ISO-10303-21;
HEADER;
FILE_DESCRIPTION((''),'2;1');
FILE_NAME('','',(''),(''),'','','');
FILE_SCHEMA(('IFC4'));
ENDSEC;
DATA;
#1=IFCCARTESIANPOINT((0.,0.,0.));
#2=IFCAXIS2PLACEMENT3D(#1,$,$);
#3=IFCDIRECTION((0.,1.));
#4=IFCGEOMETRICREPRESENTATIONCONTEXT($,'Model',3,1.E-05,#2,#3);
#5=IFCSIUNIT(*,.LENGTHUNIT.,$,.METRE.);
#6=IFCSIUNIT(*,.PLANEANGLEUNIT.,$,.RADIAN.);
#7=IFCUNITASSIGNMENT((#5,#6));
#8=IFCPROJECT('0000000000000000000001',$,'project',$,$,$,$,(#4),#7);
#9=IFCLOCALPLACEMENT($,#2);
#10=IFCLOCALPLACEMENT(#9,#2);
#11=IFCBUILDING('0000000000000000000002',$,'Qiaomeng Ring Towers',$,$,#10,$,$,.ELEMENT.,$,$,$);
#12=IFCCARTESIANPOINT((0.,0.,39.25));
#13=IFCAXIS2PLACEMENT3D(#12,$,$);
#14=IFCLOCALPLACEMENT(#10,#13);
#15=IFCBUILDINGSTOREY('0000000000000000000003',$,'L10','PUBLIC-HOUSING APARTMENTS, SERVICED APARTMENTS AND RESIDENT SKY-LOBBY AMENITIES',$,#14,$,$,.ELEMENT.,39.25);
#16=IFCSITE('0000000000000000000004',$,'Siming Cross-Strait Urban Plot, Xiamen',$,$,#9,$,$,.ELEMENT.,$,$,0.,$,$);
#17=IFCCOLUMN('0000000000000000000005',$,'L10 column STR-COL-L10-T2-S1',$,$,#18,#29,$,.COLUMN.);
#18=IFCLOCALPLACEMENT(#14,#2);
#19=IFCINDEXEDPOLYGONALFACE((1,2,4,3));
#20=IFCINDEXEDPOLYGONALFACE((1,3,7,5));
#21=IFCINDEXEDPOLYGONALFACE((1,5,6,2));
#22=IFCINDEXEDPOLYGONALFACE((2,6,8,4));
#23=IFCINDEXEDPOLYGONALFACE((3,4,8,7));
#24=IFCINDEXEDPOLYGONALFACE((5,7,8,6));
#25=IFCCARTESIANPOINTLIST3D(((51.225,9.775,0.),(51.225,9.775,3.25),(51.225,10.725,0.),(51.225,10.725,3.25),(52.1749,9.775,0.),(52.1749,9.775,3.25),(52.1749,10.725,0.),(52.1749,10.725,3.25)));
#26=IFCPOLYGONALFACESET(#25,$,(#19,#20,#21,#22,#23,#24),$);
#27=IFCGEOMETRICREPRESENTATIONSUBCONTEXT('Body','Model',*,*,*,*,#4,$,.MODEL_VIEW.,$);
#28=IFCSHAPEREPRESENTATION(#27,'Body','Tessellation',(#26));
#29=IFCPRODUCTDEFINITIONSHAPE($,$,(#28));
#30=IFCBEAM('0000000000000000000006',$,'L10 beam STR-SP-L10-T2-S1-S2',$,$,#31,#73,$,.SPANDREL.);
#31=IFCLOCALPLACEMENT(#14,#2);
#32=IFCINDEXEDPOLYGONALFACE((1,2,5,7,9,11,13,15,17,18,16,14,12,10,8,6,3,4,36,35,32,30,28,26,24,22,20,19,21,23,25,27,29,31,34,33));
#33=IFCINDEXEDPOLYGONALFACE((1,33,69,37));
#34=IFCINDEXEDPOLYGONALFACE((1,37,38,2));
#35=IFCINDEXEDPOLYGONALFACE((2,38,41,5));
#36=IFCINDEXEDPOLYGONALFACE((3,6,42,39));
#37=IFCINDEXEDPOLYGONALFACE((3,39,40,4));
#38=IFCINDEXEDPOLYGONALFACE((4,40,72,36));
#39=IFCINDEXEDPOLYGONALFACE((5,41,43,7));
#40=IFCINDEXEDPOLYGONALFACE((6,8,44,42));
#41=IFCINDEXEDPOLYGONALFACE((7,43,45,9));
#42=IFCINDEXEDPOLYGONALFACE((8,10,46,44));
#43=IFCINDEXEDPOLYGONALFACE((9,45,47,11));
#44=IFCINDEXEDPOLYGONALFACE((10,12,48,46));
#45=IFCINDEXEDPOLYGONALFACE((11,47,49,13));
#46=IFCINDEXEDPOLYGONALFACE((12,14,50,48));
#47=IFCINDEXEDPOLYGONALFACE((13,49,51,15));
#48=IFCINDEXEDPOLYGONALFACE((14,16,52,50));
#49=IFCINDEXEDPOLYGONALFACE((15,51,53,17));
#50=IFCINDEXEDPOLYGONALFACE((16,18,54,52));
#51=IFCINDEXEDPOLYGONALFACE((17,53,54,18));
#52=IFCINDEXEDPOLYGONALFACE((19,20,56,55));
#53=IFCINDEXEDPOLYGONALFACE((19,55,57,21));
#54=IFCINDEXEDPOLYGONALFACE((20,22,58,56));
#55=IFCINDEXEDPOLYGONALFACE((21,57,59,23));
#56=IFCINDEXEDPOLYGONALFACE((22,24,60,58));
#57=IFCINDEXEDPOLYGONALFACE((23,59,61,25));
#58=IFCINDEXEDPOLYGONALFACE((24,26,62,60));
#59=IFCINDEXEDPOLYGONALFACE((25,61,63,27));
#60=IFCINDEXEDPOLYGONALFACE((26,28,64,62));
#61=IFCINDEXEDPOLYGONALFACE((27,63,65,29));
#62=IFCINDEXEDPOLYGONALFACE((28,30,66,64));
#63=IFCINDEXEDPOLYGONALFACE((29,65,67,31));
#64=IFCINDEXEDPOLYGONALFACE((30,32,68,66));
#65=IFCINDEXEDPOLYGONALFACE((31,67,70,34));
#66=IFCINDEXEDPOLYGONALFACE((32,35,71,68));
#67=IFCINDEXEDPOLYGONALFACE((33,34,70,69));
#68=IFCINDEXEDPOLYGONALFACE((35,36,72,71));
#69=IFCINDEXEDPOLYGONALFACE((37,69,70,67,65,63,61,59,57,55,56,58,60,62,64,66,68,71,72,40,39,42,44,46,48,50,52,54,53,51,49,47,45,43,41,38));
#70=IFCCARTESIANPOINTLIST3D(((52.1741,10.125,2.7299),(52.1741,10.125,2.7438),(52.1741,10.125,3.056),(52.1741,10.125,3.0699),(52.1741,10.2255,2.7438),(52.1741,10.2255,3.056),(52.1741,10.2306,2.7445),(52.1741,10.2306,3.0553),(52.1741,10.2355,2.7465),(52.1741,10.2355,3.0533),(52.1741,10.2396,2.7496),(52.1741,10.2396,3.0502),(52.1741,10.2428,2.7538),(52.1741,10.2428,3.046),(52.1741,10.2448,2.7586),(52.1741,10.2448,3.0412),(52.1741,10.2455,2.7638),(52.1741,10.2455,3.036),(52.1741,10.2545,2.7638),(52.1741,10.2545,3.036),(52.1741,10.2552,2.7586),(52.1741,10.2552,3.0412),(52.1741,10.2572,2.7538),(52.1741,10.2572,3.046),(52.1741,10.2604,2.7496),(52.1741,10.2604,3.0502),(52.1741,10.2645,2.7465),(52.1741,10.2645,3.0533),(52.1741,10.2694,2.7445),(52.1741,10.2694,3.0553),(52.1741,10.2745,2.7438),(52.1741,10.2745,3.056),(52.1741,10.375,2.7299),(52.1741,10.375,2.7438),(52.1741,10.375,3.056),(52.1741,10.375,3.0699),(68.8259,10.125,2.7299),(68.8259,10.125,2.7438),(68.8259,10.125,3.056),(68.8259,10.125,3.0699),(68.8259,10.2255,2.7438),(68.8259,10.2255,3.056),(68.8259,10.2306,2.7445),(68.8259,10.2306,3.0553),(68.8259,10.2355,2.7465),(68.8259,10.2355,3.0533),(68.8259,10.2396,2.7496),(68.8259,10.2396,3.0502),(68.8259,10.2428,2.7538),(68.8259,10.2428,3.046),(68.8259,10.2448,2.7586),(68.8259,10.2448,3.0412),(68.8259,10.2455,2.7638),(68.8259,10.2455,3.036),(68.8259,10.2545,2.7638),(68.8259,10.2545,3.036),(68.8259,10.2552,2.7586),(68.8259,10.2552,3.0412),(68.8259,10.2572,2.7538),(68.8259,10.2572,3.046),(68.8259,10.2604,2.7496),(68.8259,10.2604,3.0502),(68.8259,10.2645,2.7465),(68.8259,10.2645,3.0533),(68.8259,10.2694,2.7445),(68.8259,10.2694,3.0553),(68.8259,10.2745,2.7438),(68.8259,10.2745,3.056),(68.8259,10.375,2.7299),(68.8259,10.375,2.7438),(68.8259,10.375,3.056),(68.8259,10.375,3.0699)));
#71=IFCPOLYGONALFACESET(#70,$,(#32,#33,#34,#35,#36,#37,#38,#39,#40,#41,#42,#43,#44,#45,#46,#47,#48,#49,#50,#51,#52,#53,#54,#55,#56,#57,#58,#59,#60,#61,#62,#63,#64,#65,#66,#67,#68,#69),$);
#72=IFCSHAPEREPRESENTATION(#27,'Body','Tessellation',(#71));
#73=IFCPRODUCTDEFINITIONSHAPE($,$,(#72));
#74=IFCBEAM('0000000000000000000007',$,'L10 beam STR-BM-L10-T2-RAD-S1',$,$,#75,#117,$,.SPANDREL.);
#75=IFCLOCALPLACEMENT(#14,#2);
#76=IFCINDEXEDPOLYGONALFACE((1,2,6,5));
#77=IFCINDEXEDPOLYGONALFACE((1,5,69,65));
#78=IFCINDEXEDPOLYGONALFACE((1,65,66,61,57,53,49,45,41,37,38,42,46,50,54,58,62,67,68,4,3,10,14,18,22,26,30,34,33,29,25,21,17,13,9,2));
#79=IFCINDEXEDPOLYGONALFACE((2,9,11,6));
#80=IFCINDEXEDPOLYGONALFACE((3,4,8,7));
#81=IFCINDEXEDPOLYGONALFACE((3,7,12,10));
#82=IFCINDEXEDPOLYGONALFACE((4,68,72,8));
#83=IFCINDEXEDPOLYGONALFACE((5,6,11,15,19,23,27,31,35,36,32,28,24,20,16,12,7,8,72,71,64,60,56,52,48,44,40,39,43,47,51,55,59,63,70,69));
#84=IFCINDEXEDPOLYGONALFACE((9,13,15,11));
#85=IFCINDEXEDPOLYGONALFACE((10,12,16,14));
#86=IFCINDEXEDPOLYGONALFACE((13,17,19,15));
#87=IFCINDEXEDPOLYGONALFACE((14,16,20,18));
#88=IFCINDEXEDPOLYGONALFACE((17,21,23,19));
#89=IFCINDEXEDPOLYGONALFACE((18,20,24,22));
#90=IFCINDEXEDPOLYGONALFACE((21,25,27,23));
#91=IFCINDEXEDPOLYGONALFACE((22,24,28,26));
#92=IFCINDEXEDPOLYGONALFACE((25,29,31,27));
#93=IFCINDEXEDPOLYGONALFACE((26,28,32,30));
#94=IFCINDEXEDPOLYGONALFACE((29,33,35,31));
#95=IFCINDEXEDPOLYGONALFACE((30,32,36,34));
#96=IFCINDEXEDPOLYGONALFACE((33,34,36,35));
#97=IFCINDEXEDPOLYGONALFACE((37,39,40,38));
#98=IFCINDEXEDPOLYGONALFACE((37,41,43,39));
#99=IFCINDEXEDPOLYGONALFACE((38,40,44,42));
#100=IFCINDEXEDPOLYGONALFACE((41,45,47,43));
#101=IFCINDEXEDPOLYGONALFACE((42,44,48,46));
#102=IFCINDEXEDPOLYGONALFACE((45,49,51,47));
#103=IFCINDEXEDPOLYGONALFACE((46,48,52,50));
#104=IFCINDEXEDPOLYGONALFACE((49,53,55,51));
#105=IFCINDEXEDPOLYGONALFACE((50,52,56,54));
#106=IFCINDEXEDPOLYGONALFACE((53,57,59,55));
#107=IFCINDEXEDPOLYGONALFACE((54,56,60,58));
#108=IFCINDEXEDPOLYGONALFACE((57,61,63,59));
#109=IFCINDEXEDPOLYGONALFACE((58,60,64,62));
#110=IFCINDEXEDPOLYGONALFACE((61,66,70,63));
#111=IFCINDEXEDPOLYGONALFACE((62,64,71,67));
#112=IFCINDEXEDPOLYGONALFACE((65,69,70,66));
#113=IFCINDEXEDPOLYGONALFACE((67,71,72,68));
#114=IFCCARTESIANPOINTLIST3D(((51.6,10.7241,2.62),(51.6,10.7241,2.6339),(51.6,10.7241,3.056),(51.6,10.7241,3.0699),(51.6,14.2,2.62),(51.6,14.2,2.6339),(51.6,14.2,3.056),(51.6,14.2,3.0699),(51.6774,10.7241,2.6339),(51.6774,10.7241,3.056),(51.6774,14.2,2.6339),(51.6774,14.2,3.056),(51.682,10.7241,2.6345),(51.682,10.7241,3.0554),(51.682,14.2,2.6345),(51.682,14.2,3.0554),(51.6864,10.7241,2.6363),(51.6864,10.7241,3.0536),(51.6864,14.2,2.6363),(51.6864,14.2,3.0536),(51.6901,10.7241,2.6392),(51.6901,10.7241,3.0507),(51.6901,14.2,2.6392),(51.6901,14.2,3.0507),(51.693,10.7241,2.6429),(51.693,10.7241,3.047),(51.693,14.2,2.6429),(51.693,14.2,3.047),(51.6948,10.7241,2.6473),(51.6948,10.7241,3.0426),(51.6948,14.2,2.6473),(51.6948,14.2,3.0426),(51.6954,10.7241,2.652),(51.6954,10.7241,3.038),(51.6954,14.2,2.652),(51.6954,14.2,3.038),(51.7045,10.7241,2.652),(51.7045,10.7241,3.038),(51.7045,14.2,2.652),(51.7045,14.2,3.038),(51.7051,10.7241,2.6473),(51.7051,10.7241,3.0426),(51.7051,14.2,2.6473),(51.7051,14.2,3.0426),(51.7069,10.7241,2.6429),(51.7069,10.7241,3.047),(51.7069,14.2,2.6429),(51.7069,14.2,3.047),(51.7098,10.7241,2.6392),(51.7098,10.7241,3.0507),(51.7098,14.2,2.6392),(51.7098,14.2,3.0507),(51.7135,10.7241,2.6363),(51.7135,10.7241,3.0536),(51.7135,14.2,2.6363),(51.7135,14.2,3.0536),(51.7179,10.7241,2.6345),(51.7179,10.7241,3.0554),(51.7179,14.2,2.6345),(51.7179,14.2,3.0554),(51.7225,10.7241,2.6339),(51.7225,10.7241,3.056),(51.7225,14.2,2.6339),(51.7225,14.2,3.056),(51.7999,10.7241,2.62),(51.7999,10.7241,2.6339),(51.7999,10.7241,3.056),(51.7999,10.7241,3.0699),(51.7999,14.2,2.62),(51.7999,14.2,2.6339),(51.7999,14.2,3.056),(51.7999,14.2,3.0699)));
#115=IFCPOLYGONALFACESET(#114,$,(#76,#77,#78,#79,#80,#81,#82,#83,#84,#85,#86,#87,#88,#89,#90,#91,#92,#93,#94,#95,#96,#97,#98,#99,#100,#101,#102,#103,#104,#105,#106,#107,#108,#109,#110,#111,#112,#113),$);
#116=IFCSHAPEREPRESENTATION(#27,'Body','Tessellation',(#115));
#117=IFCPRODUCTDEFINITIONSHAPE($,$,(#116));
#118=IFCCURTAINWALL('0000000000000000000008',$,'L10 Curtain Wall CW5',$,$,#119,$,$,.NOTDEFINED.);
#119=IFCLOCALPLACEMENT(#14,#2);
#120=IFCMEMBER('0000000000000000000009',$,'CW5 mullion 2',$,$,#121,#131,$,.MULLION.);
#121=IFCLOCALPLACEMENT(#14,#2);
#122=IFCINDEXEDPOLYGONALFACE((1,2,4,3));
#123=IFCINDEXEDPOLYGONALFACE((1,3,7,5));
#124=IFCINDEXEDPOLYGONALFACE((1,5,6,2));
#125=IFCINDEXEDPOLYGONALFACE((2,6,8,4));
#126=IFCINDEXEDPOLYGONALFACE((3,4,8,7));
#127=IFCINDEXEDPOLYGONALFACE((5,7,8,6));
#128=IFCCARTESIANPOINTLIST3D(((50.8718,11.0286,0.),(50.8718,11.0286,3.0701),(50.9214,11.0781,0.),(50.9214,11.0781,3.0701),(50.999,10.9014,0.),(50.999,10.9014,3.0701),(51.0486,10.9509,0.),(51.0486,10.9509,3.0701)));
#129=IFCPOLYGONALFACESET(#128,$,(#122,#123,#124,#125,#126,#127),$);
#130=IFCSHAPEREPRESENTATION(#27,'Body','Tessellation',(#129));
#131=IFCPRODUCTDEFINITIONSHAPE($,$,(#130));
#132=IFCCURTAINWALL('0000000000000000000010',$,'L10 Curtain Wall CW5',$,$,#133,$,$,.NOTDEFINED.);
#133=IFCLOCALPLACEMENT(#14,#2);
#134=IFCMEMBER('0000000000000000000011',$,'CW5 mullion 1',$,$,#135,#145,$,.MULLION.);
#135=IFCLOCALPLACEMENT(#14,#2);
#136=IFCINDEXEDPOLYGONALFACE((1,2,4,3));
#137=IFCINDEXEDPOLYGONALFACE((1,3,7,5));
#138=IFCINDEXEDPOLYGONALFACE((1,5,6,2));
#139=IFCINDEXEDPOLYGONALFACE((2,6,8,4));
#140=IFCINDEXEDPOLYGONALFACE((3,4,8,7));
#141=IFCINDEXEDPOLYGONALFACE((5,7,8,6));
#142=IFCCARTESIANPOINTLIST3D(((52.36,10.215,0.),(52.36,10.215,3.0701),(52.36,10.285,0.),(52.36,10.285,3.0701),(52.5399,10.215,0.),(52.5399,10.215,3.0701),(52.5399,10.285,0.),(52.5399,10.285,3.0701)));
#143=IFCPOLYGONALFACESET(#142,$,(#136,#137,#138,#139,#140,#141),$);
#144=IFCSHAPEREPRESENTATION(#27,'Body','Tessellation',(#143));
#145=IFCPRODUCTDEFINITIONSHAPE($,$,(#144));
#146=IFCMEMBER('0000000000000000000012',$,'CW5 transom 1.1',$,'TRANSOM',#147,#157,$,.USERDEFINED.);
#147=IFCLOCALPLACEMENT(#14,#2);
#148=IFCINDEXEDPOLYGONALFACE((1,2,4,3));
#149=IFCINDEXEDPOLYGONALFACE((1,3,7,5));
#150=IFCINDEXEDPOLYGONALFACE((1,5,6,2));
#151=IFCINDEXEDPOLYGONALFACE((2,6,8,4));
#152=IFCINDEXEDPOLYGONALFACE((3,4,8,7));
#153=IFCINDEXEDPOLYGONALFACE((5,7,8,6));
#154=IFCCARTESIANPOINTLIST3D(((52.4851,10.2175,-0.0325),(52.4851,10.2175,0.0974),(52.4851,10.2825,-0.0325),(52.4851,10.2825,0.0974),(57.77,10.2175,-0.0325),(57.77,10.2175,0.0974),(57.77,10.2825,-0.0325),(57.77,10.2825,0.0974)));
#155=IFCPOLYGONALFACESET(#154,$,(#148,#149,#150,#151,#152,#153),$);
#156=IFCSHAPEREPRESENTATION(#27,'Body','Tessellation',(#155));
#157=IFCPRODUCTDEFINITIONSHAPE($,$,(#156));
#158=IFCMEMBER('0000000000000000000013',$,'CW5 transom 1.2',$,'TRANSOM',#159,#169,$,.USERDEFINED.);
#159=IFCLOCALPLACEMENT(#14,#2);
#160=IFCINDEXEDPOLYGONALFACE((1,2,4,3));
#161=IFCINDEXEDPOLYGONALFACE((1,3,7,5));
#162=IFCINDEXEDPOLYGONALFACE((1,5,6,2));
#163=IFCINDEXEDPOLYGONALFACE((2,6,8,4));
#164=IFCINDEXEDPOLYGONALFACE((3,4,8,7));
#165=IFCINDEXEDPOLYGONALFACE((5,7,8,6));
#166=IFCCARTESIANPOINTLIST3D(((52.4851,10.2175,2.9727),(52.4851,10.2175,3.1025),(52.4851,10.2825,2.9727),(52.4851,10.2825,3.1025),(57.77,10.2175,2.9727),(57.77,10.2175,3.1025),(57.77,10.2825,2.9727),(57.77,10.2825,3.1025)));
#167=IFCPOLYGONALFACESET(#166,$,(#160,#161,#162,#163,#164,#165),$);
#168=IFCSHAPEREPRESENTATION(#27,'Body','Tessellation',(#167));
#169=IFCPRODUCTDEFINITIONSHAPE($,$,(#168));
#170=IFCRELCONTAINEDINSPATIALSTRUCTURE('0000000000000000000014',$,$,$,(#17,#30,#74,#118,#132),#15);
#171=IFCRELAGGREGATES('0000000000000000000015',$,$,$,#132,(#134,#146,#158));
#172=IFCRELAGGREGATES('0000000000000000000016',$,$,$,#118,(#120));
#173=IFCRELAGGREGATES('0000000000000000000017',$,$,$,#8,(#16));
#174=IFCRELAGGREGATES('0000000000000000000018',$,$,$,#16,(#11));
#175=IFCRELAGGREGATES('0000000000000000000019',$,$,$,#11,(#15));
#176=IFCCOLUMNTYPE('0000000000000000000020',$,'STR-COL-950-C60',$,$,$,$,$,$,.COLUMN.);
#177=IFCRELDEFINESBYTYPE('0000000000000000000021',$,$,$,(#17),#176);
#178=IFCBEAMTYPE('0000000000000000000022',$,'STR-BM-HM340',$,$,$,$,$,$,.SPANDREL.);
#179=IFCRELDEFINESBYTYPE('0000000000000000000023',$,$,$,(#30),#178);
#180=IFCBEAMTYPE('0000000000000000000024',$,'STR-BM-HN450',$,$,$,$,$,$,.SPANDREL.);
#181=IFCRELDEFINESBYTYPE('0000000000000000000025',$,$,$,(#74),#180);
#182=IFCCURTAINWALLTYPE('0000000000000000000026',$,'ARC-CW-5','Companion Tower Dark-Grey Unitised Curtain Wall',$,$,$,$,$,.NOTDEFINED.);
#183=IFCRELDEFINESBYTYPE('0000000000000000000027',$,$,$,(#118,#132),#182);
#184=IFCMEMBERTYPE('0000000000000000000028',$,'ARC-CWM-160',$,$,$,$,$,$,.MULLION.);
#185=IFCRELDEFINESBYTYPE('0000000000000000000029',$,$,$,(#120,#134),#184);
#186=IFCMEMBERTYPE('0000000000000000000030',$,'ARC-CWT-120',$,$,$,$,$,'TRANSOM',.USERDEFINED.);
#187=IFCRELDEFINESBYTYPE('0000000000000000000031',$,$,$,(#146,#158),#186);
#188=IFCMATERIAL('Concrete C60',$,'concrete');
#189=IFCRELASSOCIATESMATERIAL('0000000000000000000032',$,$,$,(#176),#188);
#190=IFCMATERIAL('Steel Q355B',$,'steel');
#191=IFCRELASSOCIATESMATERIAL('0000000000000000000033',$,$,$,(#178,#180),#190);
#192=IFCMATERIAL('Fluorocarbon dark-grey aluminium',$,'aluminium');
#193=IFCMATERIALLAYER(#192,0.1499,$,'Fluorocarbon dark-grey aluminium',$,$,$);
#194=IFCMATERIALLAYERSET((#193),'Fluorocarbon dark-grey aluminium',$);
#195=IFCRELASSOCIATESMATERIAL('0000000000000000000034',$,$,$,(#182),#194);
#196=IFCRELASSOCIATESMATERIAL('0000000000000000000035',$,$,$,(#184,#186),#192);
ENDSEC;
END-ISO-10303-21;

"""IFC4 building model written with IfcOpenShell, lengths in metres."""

from ifc_helpers import new_model, si_unit, direction, frame, origin, origin_2d, place, context, subcontext, project, spatial, rectangle, i_section, extrude, source, transform, mapped, material, layer, layer_set, material_profile, profile_set, type_object, element, aggregate, save


model = new_model("IFC4")

# Units and contexts
model_context = context("Model", 3, precision=1e-05, world=origin(), true_north=direction((0.0, 1.0)))
body_context = subcontext(model_context, "Body", "Model", "MODEL_VIEW")
ifc_project = project(units=[si_unit("LENGTHUNIT", "METRE"), si_unit("PLANEANGLEUNIT", "RADIAN")], contexts=[model_context])

# Site, building, storey
site_placement = place(None, origin())
site = spatial("IfcSite", under=ifc_project, at=site_placement, Name="Siming Cross-Strait Urban Plot, Xiamen", CompositionType="ELEMENT", RefElevation=0.0)
building_placement = place(site_placement, origin())
building = spatial("IfcBuilding", under=site, at=building_placement, Name="Qiaomeng Ring Towers", CompositionType="ELEMENT")
storey_placement = place(building_placement, frame((0.0, 0.0, 39.25)))
storey = spatial("IfcBuildingStorey", under=building, at=storey_placement, Name="L10", Description="PUBLIC-HOUSING APARTMENTS, SERVICED APARTMENTS AND RESIDENT SKY-LOBBY AMENITIES", CompositionType="ELEMENT", Elevation=39.25)

# Column
ifc_material_1 = material(Name="Concrete C60", Category="concrete")
ifc_material_profile_1 = material_profile(ifc_material_1, rectangle(XDim=0.95, YDim=0.95, at=origin_2d()), Name="RC COL 950x950")
ifc_profile_set_1 = profile_set([ifc_material_profile_1], Name="Concrete C60")
column_type = type_object("IfcColumnType", Name="STR-COL-950-C60", PredefinedType="COLUMN", material=ifc_profile_set_1)
shared_shape_1 = source(origin(), body_context, "Body", "SweptSolid", [
    extrude(rectangle(XDim=0.95, YDim=0.95, at=origin_2d()), origin(), (0.0, 0.0, 1.0), 3.25),
])
column_placement = place(storey_placement, frame((51.7, 10.25, 0.0), z_axis=(0.0, 0.0, 1.0), x_axis=(1.0, 0.0, 0.0)))
element("IfcColumn", 1, at=column_placement, inside=storey, type_object=column_type, Name="L10 column STR-COL-L10-T2-S1", PredefinedType="COLUMN", context=body_context, shape_type="MappedRepresentation", body=[
    mapped(shared_shape_1, transform((0.0, 0.0, 0.0), x_axis=(1.0, 0.0, 0.0), y_axis=(0.0, 1.0, 0.0), z_axis=(0.0, 0.0, 1.0), scale=1.0)),
])

# Beams
ifc_material_2 = material(Name="Steel Q355B", Category="steel")
ifc_material_profile_2 = material_profile(ifc_material_2, i_section(OverallWidth=0.25, OverallDepth=0.3401, WebThickness=0.009, FlangeThickness=0.0139, FilletRadius=0.02, at=origin_2d()), Name="HM 340x250x9x14")
ifc_profile_set_2 = profile_set([ifc_material_profile_2], Name="Steel Q355B")
beam_type_1 = type_object("IfcBeamType", Name="STR-BM-HM340", PredefinedType="SPANDREL", material=ifc_profile_set_2)
shared_shape_2 = source(origin(), body_context, "Body", "SweptSolid", [
    extrude(i_section(OverallWidth=0.25, OverallDepth=0.3401, WebThickness=0.009, FlangeThickness=0.0139, FilletRadius=0.02, at=origin_2d()), origin(), (0.0, 0.0, 1.0), 16.6519),
])
beam_1_placement = place(storey_placement, frame((52.1741, 10.25, 2.8999), z_axis=(1.0, 0.0, 0.0), x_axis=(0.0, 1.0, 0.0)))
element("IfcBeam", 2, at=beam_1_placement, inside=storey, type_object=beam_type_1, Name="L10 beam STR-SP-L10-T2-S1-S2", PredefinedType="SPANDREL", context=body_context, shape_type="MappedRepresentation", body=[
    mapped(shared_shape_2, transform((0.0, 0.0, 0.0), x_axis=(1.0, 0.0, 0.0), y_axis=(0.0, 1.0, 0.0), z_axis=(0.0, 0.0, 1.0), scale=1.0)),
])
ifc_material_profile_3 = material_profile(ifc_material_2, i_section(OverallWidth=0.2, OverallDepth=0.45, WebThickness=0.009, FlangeThickness=0.0139, FilletRadius=0.0181, at=origin_2d()), Name="HN 450x200x9x14")
ifc_profile_set_3 = profile_set([ifc_material_profile_3], Name="Steel Q355B")
beam_type_2 = type_object("IfcBeamType", Name="STR-BM-HN450", PredefinedType="SPANDREL", material=ifc_profile_set_3)
shared_shape_3 = source(origin(), body_context, "Body", "SweptSolid", [
    extrude(i_section(OverallWidth=0.2, OverallDepth=0.45, WebThickness=0.009, FlangeThickness=0.0139, FilletRadius=0.0181, at=origin_2d()), origin(), (0.0, 0.0, 1.0), 3.4758),
])
beam_2_placement = place(storey_placement, frame((51.7, 10.7241, 2.845), z_axis=(0.0, 1.0, 0.0), x_axis=(-1.0, 0.0, 0.0)))
element("IfcBeam", 3, at=beam_2_placement, inside=storey, type_object=beam_type_2, Name="L10 beam STR-BM-L10-T2-RAD-S1", PredefinedType="SPANDREL", context=body_context, shape_type="MappedRepresentation", body=[
    mapped(shared_shape_3, transform((0.0, 0.0, 0.0), x_axis=(1.0, 0.0, 0.0), y_axis=(0.0, 1.0, 0.0), z_axis=(0.0, 0.0, 1.0), scale=1.0)),
])

# Curtain wall, member
ifc_material_3 = material(Name="Fluorocarbon dark-grey aluminium", Category="aluminium")
ifc_layer_1 = layer(ifc_material_3, 0.1499, Name="Fluorocarbon dark-grey aluminium")
ifc_layer_set_1 = layer_set([ifc_layer_1], Name="Fluorocarbon dark-grey aluminium")
curtain_wall_type = type_object("IfcCurtainWallType", Name="ARC-CW-5", Description="Companion Tower Dark-Grey Unitised Curtain Wall", PredefinedType="NOTDEFINED", material=ifc_layer_set_1)
curtain_wall_1_placement = place(storey_placement, origin())
curtain_wall_1 = element("IfcCurtainWall", 4, at=curtain_wall_1_placement, inside=storey, type_object=curtain_wall_type, Name="L10 Curtain Wall CW5", PredefinedType="NOTDEFINED")
ifc_material_profile_4 = material_profile(ifc_material_3, rectangle(XDim=0.0701, YDim=0.1799, at=origin_2d()), Name="ALU MULL 70x180")
ifc_profile_set_4 = profile_set([ifc_material_profile_4], Name="Fluorocarbon dark-grey aluminium")
member_type_1 = type_object("IfcMemberType", Name="ARC-CWM-160", PredefinedType="MULLION", material=ifc_profile_set_4)
shared_shape_4 = source(origin(), body_context, "Body", "SweptSolid", [
    extrude(rectangle(XDim=0.0701, YDim=0.1799, at=origin_2d()), origin(), (0.0, 0.0, 1.0), 3.0701),
])
member_1_placement = place(storey_placement, frame((50.9602, 10.9897, 0.0), z_axis=(0.0, 0.0, 1.0), x_axis=(0.707107, 0.707107, 0.0)))
member_1 = element("IfcMember", 5, at=member_1_placement, type_object=member_type_1, Name="CW5 mullion 2", PredefinedType="MULLION", context=body_context, shape_type="MappedRepresentation", body=[
    mapped(shared_shape_4, transform((0.0, 0.0, 0.0), x_axis=(1.0, 0.0, 0.0), y_axis=(0.0, 1.0, 0.0), z_axis=(0.0, 0.0, 1.0), scale=1.0)),
])

# Curtain wall, members
curtain_wall_2_placement = place(storey_placement, origin())
curtain_wall_2 = element("IfcCurtainWall", 6, at=curtain_wall_2_placement, inside=storey, type_object=curtain_wall_type, Name="L10 Curtain Wall CW5", PredefinedType="NOTDEFINED")
member_2_placement = place(storey_placement, frame((52.45, 10.25, 0.0), z_axis=(0.0, 0.0, 1.0), x_axis=(0.0, 1.0, 0.0)))
member_2 = element("IfcMember", 7, at=member_2_placement, type_object=member_type_1, Name="CW5 mullion 1", PredefinedType="MULLION", context=body_context, shape_type="MappedRepresentation", body=[
    mapped(shared_shape_4, transform((0.0, 0.0, 0.0), x_axis=(1.0, 0.0, 0.0), y_axis=(0.0, 1.0, 0.0), z_axis=(0.0, 0.0, 1.0), scale=1.0)),
])
ifc_material_profile_5 = material_profile(ifc_material_3, rectangle(XDim=0.0649, YDim=0.1299, at=origin_2d()), Name="ALU TRAN 65x130")
ifc_profile_set_5 = profile_set([ifc_material_profile_5], Name="Fluorocarbon dark-grey aluminium")
member_type_2 = type_object("IfcMemberType", Name="ARC-CWT-120", ElementType="TRANSOM", PredefinedType="USERDEFINED", material=ifc_profile_set_5)
shared_shape_5 = source(origin(), body_context, "Body", "SweptSolid", [
    extrude(rectangle(XDim=0.0649, YDim=0.1299, at=origin_2d()), origin(), (0.0, 0.0, 1.0), 5.2849),
])
member_3_placement = place(storey_placement, frame((52.4851, 10.25, 0.0325), z_axis=(1.0, 0.0, 0.0), x_axis=(0.0, 1.0, 0.0)))
member_3 = element("IfcMember", 8, at=member_3_placement, type_object=member_type_2, Name="CW5 transom 1.1", ObjectType="TRANSOM", PredefinedType="USERDEFINED", context=body_context, shape_type="MappedRepresentation", body=[
    mapped(shared_shape_5, transform((0.0, 0.0, 0.0), x_axis=(1.0, 0.0, 0.0), y_axis=(0.0, 1.0, 0.0), z_axis=(0.0, 0.0, 1.0), scale=1.0)),
])
member_4_placement = place(storey_placement, frame((52.4851, 10.25, 3.0376), z_axis=(1.0, 0.0, 0.0), x_axis=(0.0, 1.0, 0.0)))
member_4 = element("IfcMember", 9, at=member_4_placement, type_object=member_type_2, Name="CW5 transom 1.2", ObjectType="TRANSOM", PredefinedType="USERDEFINED", context=body_context, shape_type="MappedRepresentation", body=[
    mapped(shared_shape_5, transform((0.0, 0.0, 0.0), x_axis=(1.0, 0.0, 0.0), y_axis=(0.0, 1.0, 0.0), z_axis=(0.0, 0.0, 1.0), scale=1.0)),
])
aggregate(curtain_wall_2, [member_2, member_3, member_4])

aggregate(curtain_wall_1, [member_1])

save(model, "model.ifc")
